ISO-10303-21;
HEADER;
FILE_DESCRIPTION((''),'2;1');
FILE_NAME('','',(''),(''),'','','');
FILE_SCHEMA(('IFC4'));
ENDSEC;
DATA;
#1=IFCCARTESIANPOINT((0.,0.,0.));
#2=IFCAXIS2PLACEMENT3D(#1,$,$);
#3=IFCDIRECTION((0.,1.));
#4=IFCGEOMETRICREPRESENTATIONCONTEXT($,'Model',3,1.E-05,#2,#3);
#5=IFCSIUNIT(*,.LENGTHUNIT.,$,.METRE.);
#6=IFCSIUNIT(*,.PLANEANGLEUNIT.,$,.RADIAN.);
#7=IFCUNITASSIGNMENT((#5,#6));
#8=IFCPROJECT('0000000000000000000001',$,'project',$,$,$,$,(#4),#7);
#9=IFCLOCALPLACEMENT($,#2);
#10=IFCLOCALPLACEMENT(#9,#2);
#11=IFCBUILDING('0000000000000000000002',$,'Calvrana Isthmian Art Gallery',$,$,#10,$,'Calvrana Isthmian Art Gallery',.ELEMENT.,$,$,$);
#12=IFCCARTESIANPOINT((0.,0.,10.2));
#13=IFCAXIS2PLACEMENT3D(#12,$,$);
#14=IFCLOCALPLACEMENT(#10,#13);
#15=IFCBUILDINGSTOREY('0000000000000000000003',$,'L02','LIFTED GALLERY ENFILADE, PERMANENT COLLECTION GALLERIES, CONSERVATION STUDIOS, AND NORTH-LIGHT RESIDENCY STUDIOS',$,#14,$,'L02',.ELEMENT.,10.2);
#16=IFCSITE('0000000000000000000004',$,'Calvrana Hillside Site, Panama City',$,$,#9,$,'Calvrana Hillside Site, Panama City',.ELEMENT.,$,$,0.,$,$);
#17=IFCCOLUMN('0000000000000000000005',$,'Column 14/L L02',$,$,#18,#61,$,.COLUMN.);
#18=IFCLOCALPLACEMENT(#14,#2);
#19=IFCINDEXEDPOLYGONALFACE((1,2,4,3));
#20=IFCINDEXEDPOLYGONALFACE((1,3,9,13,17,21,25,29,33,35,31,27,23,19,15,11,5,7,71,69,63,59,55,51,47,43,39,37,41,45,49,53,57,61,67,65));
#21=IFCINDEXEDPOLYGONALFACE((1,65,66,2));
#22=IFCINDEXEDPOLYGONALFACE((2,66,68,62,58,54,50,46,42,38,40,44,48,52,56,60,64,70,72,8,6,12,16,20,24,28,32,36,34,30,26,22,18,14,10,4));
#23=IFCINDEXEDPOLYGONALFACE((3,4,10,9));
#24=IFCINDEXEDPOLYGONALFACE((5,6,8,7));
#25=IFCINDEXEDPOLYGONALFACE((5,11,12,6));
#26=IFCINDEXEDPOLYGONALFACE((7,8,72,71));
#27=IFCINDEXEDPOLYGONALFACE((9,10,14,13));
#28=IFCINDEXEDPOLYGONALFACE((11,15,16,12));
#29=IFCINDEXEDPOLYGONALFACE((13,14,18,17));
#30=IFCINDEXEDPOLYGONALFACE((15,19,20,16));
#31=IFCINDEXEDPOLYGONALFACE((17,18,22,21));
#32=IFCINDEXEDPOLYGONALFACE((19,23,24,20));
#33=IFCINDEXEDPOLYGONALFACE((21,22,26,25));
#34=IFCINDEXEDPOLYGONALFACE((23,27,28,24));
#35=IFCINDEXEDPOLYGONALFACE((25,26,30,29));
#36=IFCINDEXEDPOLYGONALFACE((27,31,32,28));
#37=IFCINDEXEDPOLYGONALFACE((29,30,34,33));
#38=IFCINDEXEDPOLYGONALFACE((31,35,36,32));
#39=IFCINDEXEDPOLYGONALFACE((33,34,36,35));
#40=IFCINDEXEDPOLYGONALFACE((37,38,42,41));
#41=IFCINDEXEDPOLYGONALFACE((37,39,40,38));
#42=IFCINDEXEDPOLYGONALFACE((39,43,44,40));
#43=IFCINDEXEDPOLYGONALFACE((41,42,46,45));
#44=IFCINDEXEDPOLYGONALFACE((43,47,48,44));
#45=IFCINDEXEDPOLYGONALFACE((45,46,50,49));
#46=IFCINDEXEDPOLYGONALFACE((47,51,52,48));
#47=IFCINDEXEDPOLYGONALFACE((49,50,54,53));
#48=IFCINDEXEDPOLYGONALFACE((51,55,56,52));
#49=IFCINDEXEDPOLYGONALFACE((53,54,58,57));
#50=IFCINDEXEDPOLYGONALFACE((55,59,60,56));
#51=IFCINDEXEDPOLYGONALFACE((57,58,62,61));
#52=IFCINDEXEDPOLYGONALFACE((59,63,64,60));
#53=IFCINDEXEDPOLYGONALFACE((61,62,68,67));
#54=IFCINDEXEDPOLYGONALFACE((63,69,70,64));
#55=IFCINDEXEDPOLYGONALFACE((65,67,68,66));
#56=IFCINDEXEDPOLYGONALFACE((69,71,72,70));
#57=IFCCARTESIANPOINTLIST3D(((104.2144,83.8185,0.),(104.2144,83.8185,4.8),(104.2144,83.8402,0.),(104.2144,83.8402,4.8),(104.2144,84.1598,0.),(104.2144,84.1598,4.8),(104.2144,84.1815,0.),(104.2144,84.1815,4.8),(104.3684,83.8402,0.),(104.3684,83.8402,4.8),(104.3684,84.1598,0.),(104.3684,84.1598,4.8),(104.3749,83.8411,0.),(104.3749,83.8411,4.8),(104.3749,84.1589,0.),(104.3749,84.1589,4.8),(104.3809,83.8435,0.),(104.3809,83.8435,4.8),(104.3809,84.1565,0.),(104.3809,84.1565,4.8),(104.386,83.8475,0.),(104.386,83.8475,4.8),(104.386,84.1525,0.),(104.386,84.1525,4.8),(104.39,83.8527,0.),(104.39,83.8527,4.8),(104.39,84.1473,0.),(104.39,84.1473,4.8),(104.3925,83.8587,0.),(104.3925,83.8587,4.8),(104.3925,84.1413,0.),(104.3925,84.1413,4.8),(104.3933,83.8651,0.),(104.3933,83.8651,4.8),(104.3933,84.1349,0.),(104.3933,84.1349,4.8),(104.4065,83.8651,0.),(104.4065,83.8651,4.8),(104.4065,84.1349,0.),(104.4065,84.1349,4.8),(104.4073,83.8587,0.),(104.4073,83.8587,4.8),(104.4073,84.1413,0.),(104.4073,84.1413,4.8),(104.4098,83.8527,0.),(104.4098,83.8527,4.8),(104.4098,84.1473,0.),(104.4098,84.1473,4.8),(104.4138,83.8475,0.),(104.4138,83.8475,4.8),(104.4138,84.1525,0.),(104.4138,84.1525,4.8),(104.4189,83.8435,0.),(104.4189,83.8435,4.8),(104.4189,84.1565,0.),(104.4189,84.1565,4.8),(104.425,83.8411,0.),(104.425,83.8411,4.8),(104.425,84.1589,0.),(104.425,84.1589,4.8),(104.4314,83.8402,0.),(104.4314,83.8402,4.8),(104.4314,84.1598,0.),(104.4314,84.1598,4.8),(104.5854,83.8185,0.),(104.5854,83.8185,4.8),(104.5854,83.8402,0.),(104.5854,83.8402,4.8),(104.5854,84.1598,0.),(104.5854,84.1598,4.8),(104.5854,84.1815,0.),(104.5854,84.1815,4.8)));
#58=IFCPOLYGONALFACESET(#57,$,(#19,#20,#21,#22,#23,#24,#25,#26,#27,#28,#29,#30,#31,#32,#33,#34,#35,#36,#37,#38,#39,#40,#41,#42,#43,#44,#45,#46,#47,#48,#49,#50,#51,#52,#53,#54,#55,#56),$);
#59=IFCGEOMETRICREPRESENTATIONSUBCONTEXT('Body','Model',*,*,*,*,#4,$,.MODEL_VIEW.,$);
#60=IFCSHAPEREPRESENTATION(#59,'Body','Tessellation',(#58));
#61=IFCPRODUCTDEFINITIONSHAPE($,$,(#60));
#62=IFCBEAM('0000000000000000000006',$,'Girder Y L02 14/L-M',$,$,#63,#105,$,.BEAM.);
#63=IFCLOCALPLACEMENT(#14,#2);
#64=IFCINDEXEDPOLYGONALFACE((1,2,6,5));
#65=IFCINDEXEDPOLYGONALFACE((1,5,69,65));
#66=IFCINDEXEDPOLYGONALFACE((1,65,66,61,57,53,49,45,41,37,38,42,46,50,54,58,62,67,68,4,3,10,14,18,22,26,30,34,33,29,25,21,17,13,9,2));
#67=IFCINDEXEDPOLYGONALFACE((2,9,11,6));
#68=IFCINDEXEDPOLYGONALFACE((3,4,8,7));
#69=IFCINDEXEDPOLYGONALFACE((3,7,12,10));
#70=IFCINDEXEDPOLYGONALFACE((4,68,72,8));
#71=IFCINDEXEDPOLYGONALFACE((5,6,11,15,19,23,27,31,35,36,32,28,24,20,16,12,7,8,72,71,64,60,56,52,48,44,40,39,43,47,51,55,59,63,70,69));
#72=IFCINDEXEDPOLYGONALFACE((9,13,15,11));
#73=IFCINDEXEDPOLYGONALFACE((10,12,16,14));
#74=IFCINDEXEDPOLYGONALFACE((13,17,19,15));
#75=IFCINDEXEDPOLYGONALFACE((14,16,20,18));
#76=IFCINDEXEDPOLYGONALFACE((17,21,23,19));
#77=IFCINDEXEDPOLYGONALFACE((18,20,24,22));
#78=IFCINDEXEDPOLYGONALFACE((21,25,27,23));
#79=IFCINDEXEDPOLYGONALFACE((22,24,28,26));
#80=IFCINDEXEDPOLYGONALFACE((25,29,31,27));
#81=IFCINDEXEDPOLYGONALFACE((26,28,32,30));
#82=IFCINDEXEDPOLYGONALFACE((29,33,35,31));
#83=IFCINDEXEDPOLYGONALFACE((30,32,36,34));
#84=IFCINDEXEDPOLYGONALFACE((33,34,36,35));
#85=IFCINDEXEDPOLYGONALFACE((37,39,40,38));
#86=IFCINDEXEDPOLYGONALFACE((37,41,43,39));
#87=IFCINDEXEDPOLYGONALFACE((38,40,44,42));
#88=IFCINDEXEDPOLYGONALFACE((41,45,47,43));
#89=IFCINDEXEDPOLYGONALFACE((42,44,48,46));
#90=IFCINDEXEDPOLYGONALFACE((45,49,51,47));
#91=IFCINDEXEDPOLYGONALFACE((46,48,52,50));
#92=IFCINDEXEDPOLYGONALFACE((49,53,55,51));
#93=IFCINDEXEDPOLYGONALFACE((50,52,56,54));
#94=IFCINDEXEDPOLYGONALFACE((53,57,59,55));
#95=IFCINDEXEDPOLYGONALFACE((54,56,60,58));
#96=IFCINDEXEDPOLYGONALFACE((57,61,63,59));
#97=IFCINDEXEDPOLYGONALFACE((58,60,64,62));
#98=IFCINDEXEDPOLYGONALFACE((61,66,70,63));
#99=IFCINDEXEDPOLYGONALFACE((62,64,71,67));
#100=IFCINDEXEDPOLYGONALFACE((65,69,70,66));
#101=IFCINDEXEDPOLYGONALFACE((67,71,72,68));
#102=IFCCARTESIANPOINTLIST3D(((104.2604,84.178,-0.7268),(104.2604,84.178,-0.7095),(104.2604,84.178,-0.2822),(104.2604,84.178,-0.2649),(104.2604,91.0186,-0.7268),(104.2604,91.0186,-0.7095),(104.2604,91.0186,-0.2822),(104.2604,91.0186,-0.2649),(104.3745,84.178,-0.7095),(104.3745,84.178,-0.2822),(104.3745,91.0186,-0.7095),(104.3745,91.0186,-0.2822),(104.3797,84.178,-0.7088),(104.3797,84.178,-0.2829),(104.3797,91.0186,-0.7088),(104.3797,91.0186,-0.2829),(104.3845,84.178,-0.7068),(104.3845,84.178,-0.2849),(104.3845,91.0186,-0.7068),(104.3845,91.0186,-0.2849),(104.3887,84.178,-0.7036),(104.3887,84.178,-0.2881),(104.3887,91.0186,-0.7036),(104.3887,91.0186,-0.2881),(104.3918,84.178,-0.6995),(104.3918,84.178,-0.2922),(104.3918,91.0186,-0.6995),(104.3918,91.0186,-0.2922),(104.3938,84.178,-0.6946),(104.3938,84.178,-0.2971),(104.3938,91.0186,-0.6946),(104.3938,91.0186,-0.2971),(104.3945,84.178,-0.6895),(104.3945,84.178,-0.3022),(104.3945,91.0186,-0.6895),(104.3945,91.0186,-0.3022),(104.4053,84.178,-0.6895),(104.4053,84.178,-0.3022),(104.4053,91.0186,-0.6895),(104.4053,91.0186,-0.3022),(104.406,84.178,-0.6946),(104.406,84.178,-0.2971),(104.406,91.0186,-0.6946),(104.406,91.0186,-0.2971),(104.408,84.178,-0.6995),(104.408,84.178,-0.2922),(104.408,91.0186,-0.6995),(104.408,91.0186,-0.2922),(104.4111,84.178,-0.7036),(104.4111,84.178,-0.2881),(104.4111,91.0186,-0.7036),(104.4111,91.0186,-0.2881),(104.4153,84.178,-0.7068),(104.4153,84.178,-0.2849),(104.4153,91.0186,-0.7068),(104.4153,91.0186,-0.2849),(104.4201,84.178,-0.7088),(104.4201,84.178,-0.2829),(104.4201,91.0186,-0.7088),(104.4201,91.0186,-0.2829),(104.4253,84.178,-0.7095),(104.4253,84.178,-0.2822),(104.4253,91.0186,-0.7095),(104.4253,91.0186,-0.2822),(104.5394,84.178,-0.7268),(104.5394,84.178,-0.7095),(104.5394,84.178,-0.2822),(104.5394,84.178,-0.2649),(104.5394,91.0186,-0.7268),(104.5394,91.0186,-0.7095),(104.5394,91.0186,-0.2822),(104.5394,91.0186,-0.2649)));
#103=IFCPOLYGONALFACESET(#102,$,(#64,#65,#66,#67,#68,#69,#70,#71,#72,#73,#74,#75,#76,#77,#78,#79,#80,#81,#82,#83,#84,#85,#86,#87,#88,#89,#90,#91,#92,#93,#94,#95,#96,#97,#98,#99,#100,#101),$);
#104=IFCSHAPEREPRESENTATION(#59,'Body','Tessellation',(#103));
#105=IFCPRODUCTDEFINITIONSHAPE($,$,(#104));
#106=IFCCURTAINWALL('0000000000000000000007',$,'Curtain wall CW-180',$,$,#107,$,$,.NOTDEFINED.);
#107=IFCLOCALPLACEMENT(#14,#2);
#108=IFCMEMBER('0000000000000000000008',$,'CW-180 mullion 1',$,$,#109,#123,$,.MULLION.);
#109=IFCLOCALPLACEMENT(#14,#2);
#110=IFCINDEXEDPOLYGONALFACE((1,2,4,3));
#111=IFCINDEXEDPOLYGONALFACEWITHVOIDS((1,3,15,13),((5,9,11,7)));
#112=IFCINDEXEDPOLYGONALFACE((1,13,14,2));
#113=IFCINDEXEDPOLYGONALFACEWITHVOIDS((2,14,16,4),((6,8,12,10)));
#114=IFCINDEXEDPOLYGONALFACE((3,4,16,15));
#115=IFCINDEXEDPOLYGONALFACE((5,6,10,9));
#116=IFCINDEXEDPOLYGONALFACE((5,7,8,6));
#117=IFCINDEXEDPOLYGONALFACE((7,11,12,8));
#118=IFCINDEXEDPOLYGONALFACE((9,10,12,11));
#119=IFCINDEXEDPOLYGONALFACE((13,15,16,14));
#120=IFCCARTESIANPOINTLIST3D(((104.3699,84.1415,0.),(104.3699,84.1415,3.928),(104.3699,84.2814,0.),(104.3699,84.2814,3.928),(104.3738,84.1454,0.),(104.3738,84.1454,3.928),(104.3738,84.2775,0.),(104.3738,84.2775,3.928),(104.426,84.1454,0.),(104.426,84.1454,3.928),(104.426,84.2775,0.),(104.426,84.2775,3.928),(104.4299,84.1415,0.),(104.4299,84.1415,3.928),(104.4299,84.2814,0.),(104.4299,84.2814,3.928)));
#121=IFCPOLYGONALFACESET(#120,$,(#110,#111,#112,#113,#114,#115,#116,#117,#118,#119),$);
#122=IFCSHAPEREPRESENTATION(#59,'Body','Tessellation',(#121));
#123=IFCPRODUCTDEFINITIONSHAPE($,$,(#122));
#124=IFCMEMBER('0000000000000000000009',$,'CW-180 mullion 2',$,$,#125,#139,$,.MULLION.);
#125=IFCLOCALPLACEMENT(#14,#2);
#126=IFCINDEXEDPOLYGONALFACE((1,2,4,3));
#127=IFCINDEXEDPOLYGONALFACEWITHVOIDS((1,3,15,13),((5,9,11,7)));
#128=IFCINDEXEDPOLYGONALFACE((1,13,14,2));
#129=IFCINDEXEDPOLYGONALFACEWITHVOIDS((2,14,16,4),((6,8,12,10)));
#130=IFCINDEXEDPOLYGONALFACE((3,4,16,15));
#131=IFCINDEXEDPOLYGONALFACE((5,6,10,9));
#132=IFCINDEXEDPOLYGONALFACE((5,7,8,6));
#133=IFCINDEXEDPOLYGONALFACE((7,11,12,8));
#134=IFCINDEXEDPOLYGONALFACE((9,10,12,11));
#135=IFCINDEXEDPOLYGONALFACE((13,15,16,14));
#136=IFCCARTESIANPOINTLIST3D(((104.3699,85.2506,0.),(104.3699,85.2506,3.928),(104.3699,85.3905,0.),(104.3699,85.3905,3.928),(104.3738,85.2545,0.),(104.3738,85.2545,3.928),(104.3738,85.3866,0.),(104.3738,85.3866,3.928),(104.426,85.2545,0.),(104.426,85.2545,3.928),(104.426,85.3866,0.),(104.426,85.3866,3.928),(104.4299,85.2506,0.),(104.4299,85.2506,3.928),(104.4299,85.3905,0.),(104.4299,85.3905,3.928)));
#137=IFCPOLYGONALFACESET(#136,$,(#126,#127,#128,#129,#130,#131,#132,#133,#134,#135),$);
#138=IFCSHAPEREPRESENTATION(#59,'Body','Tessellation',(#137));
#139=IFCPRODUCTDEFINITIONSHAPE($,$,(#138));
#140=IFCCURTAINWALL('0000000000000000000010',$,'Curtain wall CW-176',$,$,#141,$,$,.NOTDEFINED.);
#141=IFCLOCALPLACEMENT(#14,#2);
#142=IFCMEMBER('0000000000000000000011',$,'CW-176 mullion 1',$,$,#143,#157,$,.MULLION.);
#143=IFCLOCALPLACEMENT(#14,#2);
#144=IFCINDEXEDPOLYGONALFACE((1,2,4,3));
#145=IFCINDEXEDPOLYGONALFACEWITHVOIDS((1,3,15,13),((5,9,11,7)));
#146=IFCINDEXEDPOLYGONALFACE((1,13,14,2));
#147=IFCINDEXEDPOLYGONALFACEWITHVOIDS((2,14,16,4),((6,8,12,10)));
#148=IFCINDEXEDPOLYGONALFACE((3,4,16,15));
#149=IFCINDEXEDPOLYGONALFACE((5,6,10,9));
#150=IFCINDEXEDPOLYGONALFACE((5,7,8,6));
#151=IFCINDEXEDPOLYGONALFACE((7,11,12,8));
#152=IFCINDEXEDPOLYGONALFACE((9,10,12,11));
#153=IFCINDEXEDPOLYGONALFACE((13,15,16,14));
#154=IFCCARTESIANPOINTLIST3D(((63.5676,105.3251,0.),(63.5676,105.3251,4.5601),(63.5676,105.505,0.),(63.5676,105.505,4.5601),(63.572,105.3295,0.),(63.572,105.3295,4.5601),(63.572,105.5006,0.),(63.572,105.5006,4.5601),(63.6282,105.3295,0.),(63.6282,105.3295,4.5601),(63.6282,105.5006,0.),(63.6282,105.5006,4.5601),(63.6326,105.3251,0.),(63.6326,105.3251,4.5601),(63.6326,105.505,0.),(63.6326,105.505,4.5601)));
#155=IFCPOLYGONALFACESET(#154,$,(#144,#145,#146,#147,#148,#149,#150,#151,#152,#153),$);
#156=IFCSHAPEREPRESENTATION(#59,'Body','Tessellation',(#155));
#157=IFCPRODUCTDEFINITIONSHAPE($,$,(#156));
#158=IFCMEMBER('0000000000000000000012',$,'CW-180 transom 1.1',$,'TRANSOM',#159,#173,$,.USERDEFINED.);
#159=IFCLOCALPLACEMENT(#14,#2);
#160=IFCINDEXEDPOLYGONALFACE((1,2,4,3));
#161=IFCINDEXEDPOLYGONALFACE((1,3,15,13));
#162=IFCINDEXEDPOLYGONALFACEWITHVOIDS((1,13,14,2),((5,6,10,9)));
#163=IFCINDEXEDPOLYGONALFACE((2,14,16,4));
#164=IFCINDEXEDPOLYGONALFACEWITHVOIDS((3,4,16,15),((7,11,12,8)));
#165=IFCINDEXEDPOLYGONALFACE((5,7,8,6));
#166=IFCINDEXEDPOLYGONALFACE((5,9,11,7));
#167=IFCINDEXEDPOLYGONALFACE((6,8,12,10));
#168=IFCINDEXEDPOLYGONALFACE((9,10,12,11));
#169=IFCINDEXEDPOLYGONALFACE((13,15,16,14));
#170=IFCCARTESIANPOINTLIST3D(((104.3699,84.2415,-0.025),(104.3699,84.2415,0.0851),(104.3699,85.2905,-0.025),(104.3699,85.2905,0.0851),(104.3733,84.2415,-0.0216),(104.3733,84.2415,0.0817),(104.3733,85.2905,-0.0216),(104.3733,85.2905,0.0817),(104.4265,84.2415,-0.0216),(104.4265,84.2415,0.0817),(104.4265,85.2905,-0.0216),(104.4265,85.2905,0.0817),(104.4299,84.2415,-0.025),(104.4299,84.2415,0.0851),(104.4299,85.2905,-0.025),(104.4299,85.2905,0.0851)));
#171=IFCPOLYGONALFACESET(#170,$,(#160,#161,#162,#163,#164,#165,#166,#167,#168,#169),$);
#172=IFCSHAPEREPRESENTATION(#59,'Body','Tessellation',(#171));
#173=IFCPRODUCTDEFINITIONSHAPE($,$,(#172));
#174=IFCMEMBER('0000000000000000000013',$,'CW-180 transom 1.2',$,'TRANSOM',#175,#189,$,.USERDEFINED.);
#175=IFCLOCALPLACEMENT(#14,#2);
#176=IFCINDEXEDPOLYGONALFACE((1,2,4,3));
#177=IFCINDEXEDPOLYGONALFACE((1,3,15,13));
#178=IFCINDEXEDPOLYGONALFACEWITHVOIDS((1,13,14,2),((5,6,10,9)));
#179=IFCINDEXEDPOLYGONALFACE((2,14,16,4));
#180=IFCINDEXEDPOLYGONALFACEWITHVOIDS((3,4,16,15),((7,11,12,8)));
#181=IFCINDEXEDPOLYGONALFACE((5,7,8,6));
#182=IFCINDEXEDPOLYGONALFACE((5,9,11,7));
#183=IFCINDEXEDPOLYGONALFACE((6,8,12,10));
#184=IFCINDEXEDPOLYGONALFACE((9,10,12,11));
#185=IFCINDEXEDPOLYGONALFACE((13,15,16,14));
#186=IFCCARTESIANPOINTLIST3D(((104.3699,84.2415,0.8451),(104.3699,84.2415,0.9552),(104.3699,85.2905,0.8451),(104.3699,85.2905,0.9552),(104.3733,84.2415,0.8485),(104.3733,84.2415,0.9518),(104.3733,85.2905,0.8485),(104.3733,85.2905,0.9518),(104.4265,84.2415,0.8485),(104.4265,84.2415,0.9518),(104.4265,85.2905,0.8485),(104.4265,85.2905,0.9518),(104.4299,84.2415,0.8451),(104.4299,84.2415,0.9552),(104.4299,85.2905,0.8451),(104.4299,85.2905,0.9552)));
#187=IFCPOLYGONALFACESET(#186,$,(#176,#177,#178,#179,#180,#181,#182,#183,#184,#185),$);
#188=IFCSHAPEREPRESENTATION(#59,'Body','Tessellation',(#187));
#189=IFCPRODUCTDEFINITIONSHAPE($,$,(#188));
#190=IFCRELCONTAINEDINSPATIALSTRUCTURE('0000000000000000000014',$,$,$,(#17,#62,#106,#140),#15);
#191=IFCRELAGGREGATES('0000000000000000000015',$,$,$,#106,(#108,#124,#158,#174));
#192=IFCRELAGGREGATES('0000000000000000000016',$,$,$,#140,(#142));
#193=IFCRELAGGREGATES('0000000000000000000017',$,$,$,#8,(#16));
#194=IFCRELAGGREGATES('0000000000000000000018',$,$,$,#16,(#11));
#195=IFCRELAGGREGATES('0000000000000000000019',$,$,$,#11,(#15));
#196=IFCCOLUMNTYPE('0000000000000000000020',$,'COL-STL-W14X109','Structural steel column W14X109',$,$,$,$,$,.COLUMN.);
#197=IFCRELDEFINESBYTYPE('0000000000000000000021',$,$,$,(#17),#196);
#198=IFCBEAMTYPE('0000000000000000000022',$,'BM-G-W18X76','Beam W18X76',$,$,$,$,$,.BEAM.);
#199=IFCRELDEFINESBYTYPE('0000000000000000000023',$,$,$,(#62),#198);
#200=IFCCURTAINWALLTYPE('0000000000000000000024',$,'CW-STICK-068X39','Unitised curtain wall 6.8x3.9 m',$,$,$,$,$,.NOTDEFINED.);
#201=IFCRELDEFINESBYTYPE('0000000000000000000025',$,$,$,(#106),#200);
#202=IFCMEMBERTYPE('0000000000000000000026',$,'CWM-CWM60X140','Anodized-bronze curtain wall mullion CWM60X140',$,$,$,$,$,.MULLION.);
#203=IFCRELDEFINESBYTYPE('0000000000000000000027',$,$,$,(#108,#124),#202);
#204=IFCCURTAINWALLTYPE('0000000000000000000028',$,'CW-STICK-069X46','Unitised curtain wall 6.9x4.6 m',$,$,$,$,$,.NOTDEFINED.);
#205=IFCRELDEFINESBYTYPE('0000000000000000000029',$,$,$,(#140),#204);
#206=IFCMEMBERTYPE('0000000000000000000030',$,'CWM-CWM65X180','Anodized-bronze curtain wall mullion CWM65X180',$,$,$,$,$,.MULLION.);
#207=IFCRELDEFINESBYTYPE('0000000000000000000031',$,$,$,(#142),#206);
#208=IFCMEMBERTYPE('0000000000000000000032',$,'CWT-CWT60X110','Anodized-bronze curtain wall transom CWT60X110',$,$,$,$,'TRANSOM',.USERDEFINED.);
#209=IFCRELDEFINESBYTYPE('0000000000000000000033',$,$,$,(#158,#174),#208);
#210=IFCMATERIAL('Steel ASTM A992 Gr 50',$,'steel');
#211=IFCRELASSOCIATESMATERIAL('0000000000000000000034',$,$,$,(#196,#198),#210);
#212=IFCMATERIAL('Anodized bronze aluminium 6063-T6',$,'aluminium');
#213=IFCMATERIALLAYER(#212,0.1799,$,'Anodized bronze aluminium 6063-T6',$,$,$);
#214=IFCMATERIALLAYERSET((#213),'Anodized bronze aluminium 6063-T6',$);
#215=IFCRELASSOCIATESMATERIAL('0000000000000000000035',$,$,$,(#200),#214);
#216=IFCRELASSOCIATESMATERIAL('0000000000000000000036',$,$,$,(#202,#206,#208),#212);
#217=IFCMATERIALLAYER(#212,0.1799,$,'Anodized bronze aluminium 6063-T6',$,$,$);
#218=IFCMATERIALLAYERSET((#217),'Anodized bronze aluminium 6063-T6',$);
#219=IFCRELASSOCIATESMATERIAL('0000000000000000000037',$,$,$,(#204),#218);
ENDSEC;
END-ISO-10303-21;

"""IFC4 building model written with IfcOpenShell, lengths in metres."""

from ifc_helpers import new_model, si_unit, direction, frame, origin, origin_2d, place, context, subcontext, project, spatial, hollow_rectangle, i_section, extrude, material, layer, layer_set, material_profile, profile_set, type_object, element, aggregate, save


model = new_model("IFC4")

# Units and contexts
model_context = context("Model", 3, precision=1e-05, world=origin(), true_north=direction((0.0, 1.0)))
body_context = subcontext(model_context, "Body", "Model", "MODEL_VIEW")
ifc_project = project(units=[si_unit("LENGTHUNIT", "METRE"), si_unit("PLANEANGLEUNIT", "RADIAN")], contexts=[model_context])

# Site, building, storey
site_placement = place(None, origin())
site = spatial("IfcSite", under=ifc_project, at=site_placement, Name="Calvrana Hillside Site, Panama City", LongName="Calvrana Hillside Site, Panama City", CompositionType="ELEMENT", RefElevation=0.0)
building_placement = place(site_placement, origin())
building = spatial("IfcBuilding", under=site, at=building_placement, Name="Calvrana Isthmian Art Gallery", LongName="Calvrana Isthmian Art Gallery", CompositionType="ELEMENT")
storey_placement = place(building_placement, frame((0.0, 0.0, 10.2)))
storey = spatial("IfcBuildingStorey", under=building, at=storey_placement, Name="L02", Description="LIFTED GALLERY ENFILADE, PERMANENT COLLECTION GALLERIES, CONSERVATION STUDIOS, AND NORTH-LIGHT RESIDENCY STUDIOS", LongName="L02", CompositionType="ELEMENT", Elevation=10.2)

# Column
ifc_material_1 = material(Name="Steel ASTM A992 Gr 50", Category="steel")
ifc_material_profile_1 = material_profile(ifc_material_1, i_section(OverallWidth=0.3711, OverallDepth=0.363, WebThickness=0.0132, FlangeThickness=0.0217, FilletRadius=0.0249, at=origin_2d()), Name="W14X109")
ifc_profile_set_1 = profile_set([ifc_material_profile_1], Name="Steel ASTM A992 Gr 50")
column_type = type_object("IfcColumnType", Name="COL-STL-W14X109", Description="Structural steel column W14X109", PredefinedType="COLUMN", material=ifc_profile_set_1)
column_placement = place(storey_placement, frame((104.3999, 84.0, 0.0), z_axis=(0.0, 0.0, 1.0), x_axis=(1.0, 0.0, 0.0)))
element("IfcColumn", 1, at=column_placement, inside=storey, type_object=column_type, Name="Column 14/L L02", PredefinedType="COLUMN", context=body_context, shape_type="SweptSolid", body=[
    extrude(i_section(OverallWidth=0.3711, OverallDepth=0.363, WebThickness=0.0132, FlangeThickness=0.0217, FilletRadius=0.0249, at=origin_2d()), origin(), (0.0, 0.0, 1.0), 4.8),
])

# Beam
ifc_material_profile_2 = material_profile(ifc_material_1, i_section(OverallWidth=0.2791, OverallDepth=0.4619, WebThickness=0.0107, FlangeThickness=0.0173, FilletRadius=0.02, at=origin_2d()), Name="W18X76")
ifc_profile_set_2 = profile_set([ifc_material_profile_2], Name="Steel ASTM A992 Gr 50")
beam_type = type_object("IfcBeamType", Name="BM-G-W18X76", Description="Beam W18X76", PredefinedType="BEAM", material=ifc_profile_set_2)
beam_placement = place(storey_placement, frame((104.3999, 84.178, -0.4958), z_axis=(0.0, 1.0, 0.0), x_axis=(-1.0, 0.0, 0.0)))
element("IfcBeam", 2, at=beam_placement, inside=storey, type_object=beam_type, Name="Girder Y L02 14/L-M", PredefinedType="BEAM", context=body_context, shape_type="SweptSolid", body=[
    extrude(i_section(OverallWidth=0.2791, OverallDepth=0.4619, WebThickness=0.0107, FlangeThickness=0.0173, FilletRadius=0.02, at=origin_2d()), origin(), (0.0, 0.0, 1.0), 6.8406),
])

# Curtain wall, members
ifc_material_2 = material(Name="Anodized bronze aluminium 6063-T6", Category="aluminium")
ifc_layer_1 = layer(ifc_material_2, 0.1799, Name="Anodized bronze aluminium 6063-T6")
ifc_layer_set_1 = layer_set([ifc_layer_1], Name="Anodized bronze aluminium 6063-T6")
curtain_wall_type_1 = type_object("IfcCurtainWallType", Name="CW-STICK-068X39", Description="Unitised curtain wall 6.8x3.9 m", PredefinedType="NOTDEFINED", material=ifc_layer_set_1)
curtain_wall_1_placement = place(storey_placement, origin())
curtain_wall_1 = element("IfcCurtainWall", 3, at=curtain_wall_1_placement, inside=storey, type_object=curtain_wall_type_1, Name="Curtain wall CW-180", PredefinedType="NOTDEFINED")
ifc_material_profile_3 = material_profile(ifc_material_2, hollow_rectangle(XDim=0.0601, YDim=0.1399, WallThickness=0.0039, at=origin_2d()), Name="CWM60X140")
ifc_profile_set_3 = profile_set([ifc_material_profile_3], Name="Anodized bronze aluminium 6063-T6")
member_type_1 = type_object("IfcMemberType", Name="CWM-CWM60X140", Description="Anodized-bronze curtain wall mullion CWM60X140", PredefinedType="MULLION", material=ifc_profile_set_3)
member_1_placement = place(storey_placement, frame((104.3999, 84.2114, 0.0), z_axis=(0.0, 0.0, 1.0), x_axis=(-1.0, 0.0, 0.0)))
member_1 = element("IfcMember", 4, at=member_1_placement, type_object=member_type_1, Name="CW-180 mullion 1", PredefinedType="MULLION", context=body_context, shape_type="SweptSolid", body=[
    extrude(hollow_rectangle(XDim=0.0601, YDim=0.1399, WallThickness=0.0039, at=origin_2d()), origin(), (0.0, 0.0, 1.0), 3.928),
])
member_2_placement = place(storey_placement, frame((104.3999, 85.3206, 0.0), z_axis=(0.0, 0.0, 1.0), x_axis=(-1.0, 0.0, 0.0)))
member_2 = element("IfcMember", 5, at=member_2_placement, type_object=member_type_1, Name="CW-180 mullion 2", PredefinedType="MULLION", context=body_context, shape_type="SweptSolid", body=[
    extrude(hollow_rectangle(XDim=0.0601, YDim=0.1399, WallThickness=0.0039, at=origin_2d()), origin(), (0.0, 0.0, 1.0), 3.928),
])

# Curtain wall, member
ifc_layer_2 = layer(ifc_material_2, 0.1799, Name="Anodized bronze aluminium 6063-T6")
ifc_layer_set_2 = layer_set([ifc_layer_2], Name="Anodized bronze aluminium 6063-T6")
curtain_wall_type_2 = type_object("IfcCurtainWallType", Name="CW-STICK-069X46", Description="Unitised curtain wall 6.9x4.6 m", PredefinedType="NOTDEFINED", material=ifc_layer_set_2)
curtain_wall_2_placement = place(storey_placement, origin())
curtain_wall_2 = element("IfcCurtainWall", 6, at=curtain_wall_2_placement, inside=storey, type_object=curtain_wall_type_2, Name="Curtain wall CW-176", PredefinedType="NOTDEFINED")
ifc_material_profile_4 = material_profile(ifc_material_2, hollow_rectangle(XDim=0.0649, YDim=0.1799, WallThickness=0.0044, at=origin_2d()), Name="CWM65X180")
ifc_profile_set_4 = profile_set([ifc_material_profile_4], Name="Anodized bronze aluminium 6063-T6")
member_type_2 = type_object("IfcMemberType", Name="CWM-CWM65X180", Description="Anodized-bronze curtain wall mullion CWM65X180", PredefinedType="MULLION", material=ifc_profile_set_4)
member_3_placement = place(storey_placement, frame((63.6001, 105.415, 0.0), z_axis=(0.0, 0.0, 1.0), x_axis=(1.0, 0.0, 0.0)))
member_3 = element("IfcMember", 7, at=member_3_placement, type_object=member_type_2, Name="CW-176 mullion 1", PredefinedType="MULLION", context=body_context, shape_type="SweptSolid", body=[
    extrude(hollow_rectangle(XDim=0.0649, YDim=0.1799, WallThickness=0.0044, at=origin_2d()), origin(), (0.0, 0.0, 1.0), 4.5601),
])

# Members
ifc_material_profile_5 = material_profile(ifc_material_2, hollow_rectangle(XDim=0.0601, YDim=0.1101, WallThickness=0.0034, at=origin_2d()), Name="CWT60X110")
ifc_profile_set_5 = profile_set([ifc_material_profile_5], Name="Anodized bronze aluminium 6063-T6")
member_type_3 = type_object("IfcMemberType", Name="CWT-CWT60X110", Description="Anodized-bronze curtain wall transom CWT60X110", ElementType="TRANSOM", PredefinedType="USERDEFINED", material=ifc_profile_set_5)
member_4_placement = place(storey_placement, frame((104.3999, 84.2415, 0.03), z_axis=(0.0, 1.0, 0.0), x_axis=(-1.0, 0.0, 0.0)))
member_4 = element("IfcMember", 8, at=member_4_placement, type_object=member_type_3, Name="CW-180 transom 1.1", ObjectType="TRANSOM", PredefinedType="USERDEFINED", context=body_context, shape_type="SweptSolid", body=[
    extrude(hollow_rectangle(XDim=0.0601, YDim=0.1101, WallThickness=0.0034, at=origin_2d()), origin(), (0.0, 0.0, 1.0), 1.0491),
])
member_5_placement = place(storey_placement, frame((104.3999, 84.2415, 0.9001), z_axis=(0.0, 1.0, 0.0), x_axis=(-1.0, 0.0, 0.0)))
member_5 = element("IfcMember", 9, at=member_5_placement, type_object=member_type_3, Name="CW-180 transom 1.2", ObjectType="TRANSOM", PredefinedType="USERDEFINED", context=body_context, shape_type="SweptSolid", body=[
    extrude(hollow_rectangle(XDim=0.0601, YDim=0.1101, WallThickness=0.0034, at=origin_2d()), origin(), (0.0, 0.0, 1.0), 1.0491),
])

aggregate(curtain_wall_1, [member_1, member_2, member_4, member_5])
aggregate(curtain_wall_2, [member_3])

save(model, "model.ifc")
